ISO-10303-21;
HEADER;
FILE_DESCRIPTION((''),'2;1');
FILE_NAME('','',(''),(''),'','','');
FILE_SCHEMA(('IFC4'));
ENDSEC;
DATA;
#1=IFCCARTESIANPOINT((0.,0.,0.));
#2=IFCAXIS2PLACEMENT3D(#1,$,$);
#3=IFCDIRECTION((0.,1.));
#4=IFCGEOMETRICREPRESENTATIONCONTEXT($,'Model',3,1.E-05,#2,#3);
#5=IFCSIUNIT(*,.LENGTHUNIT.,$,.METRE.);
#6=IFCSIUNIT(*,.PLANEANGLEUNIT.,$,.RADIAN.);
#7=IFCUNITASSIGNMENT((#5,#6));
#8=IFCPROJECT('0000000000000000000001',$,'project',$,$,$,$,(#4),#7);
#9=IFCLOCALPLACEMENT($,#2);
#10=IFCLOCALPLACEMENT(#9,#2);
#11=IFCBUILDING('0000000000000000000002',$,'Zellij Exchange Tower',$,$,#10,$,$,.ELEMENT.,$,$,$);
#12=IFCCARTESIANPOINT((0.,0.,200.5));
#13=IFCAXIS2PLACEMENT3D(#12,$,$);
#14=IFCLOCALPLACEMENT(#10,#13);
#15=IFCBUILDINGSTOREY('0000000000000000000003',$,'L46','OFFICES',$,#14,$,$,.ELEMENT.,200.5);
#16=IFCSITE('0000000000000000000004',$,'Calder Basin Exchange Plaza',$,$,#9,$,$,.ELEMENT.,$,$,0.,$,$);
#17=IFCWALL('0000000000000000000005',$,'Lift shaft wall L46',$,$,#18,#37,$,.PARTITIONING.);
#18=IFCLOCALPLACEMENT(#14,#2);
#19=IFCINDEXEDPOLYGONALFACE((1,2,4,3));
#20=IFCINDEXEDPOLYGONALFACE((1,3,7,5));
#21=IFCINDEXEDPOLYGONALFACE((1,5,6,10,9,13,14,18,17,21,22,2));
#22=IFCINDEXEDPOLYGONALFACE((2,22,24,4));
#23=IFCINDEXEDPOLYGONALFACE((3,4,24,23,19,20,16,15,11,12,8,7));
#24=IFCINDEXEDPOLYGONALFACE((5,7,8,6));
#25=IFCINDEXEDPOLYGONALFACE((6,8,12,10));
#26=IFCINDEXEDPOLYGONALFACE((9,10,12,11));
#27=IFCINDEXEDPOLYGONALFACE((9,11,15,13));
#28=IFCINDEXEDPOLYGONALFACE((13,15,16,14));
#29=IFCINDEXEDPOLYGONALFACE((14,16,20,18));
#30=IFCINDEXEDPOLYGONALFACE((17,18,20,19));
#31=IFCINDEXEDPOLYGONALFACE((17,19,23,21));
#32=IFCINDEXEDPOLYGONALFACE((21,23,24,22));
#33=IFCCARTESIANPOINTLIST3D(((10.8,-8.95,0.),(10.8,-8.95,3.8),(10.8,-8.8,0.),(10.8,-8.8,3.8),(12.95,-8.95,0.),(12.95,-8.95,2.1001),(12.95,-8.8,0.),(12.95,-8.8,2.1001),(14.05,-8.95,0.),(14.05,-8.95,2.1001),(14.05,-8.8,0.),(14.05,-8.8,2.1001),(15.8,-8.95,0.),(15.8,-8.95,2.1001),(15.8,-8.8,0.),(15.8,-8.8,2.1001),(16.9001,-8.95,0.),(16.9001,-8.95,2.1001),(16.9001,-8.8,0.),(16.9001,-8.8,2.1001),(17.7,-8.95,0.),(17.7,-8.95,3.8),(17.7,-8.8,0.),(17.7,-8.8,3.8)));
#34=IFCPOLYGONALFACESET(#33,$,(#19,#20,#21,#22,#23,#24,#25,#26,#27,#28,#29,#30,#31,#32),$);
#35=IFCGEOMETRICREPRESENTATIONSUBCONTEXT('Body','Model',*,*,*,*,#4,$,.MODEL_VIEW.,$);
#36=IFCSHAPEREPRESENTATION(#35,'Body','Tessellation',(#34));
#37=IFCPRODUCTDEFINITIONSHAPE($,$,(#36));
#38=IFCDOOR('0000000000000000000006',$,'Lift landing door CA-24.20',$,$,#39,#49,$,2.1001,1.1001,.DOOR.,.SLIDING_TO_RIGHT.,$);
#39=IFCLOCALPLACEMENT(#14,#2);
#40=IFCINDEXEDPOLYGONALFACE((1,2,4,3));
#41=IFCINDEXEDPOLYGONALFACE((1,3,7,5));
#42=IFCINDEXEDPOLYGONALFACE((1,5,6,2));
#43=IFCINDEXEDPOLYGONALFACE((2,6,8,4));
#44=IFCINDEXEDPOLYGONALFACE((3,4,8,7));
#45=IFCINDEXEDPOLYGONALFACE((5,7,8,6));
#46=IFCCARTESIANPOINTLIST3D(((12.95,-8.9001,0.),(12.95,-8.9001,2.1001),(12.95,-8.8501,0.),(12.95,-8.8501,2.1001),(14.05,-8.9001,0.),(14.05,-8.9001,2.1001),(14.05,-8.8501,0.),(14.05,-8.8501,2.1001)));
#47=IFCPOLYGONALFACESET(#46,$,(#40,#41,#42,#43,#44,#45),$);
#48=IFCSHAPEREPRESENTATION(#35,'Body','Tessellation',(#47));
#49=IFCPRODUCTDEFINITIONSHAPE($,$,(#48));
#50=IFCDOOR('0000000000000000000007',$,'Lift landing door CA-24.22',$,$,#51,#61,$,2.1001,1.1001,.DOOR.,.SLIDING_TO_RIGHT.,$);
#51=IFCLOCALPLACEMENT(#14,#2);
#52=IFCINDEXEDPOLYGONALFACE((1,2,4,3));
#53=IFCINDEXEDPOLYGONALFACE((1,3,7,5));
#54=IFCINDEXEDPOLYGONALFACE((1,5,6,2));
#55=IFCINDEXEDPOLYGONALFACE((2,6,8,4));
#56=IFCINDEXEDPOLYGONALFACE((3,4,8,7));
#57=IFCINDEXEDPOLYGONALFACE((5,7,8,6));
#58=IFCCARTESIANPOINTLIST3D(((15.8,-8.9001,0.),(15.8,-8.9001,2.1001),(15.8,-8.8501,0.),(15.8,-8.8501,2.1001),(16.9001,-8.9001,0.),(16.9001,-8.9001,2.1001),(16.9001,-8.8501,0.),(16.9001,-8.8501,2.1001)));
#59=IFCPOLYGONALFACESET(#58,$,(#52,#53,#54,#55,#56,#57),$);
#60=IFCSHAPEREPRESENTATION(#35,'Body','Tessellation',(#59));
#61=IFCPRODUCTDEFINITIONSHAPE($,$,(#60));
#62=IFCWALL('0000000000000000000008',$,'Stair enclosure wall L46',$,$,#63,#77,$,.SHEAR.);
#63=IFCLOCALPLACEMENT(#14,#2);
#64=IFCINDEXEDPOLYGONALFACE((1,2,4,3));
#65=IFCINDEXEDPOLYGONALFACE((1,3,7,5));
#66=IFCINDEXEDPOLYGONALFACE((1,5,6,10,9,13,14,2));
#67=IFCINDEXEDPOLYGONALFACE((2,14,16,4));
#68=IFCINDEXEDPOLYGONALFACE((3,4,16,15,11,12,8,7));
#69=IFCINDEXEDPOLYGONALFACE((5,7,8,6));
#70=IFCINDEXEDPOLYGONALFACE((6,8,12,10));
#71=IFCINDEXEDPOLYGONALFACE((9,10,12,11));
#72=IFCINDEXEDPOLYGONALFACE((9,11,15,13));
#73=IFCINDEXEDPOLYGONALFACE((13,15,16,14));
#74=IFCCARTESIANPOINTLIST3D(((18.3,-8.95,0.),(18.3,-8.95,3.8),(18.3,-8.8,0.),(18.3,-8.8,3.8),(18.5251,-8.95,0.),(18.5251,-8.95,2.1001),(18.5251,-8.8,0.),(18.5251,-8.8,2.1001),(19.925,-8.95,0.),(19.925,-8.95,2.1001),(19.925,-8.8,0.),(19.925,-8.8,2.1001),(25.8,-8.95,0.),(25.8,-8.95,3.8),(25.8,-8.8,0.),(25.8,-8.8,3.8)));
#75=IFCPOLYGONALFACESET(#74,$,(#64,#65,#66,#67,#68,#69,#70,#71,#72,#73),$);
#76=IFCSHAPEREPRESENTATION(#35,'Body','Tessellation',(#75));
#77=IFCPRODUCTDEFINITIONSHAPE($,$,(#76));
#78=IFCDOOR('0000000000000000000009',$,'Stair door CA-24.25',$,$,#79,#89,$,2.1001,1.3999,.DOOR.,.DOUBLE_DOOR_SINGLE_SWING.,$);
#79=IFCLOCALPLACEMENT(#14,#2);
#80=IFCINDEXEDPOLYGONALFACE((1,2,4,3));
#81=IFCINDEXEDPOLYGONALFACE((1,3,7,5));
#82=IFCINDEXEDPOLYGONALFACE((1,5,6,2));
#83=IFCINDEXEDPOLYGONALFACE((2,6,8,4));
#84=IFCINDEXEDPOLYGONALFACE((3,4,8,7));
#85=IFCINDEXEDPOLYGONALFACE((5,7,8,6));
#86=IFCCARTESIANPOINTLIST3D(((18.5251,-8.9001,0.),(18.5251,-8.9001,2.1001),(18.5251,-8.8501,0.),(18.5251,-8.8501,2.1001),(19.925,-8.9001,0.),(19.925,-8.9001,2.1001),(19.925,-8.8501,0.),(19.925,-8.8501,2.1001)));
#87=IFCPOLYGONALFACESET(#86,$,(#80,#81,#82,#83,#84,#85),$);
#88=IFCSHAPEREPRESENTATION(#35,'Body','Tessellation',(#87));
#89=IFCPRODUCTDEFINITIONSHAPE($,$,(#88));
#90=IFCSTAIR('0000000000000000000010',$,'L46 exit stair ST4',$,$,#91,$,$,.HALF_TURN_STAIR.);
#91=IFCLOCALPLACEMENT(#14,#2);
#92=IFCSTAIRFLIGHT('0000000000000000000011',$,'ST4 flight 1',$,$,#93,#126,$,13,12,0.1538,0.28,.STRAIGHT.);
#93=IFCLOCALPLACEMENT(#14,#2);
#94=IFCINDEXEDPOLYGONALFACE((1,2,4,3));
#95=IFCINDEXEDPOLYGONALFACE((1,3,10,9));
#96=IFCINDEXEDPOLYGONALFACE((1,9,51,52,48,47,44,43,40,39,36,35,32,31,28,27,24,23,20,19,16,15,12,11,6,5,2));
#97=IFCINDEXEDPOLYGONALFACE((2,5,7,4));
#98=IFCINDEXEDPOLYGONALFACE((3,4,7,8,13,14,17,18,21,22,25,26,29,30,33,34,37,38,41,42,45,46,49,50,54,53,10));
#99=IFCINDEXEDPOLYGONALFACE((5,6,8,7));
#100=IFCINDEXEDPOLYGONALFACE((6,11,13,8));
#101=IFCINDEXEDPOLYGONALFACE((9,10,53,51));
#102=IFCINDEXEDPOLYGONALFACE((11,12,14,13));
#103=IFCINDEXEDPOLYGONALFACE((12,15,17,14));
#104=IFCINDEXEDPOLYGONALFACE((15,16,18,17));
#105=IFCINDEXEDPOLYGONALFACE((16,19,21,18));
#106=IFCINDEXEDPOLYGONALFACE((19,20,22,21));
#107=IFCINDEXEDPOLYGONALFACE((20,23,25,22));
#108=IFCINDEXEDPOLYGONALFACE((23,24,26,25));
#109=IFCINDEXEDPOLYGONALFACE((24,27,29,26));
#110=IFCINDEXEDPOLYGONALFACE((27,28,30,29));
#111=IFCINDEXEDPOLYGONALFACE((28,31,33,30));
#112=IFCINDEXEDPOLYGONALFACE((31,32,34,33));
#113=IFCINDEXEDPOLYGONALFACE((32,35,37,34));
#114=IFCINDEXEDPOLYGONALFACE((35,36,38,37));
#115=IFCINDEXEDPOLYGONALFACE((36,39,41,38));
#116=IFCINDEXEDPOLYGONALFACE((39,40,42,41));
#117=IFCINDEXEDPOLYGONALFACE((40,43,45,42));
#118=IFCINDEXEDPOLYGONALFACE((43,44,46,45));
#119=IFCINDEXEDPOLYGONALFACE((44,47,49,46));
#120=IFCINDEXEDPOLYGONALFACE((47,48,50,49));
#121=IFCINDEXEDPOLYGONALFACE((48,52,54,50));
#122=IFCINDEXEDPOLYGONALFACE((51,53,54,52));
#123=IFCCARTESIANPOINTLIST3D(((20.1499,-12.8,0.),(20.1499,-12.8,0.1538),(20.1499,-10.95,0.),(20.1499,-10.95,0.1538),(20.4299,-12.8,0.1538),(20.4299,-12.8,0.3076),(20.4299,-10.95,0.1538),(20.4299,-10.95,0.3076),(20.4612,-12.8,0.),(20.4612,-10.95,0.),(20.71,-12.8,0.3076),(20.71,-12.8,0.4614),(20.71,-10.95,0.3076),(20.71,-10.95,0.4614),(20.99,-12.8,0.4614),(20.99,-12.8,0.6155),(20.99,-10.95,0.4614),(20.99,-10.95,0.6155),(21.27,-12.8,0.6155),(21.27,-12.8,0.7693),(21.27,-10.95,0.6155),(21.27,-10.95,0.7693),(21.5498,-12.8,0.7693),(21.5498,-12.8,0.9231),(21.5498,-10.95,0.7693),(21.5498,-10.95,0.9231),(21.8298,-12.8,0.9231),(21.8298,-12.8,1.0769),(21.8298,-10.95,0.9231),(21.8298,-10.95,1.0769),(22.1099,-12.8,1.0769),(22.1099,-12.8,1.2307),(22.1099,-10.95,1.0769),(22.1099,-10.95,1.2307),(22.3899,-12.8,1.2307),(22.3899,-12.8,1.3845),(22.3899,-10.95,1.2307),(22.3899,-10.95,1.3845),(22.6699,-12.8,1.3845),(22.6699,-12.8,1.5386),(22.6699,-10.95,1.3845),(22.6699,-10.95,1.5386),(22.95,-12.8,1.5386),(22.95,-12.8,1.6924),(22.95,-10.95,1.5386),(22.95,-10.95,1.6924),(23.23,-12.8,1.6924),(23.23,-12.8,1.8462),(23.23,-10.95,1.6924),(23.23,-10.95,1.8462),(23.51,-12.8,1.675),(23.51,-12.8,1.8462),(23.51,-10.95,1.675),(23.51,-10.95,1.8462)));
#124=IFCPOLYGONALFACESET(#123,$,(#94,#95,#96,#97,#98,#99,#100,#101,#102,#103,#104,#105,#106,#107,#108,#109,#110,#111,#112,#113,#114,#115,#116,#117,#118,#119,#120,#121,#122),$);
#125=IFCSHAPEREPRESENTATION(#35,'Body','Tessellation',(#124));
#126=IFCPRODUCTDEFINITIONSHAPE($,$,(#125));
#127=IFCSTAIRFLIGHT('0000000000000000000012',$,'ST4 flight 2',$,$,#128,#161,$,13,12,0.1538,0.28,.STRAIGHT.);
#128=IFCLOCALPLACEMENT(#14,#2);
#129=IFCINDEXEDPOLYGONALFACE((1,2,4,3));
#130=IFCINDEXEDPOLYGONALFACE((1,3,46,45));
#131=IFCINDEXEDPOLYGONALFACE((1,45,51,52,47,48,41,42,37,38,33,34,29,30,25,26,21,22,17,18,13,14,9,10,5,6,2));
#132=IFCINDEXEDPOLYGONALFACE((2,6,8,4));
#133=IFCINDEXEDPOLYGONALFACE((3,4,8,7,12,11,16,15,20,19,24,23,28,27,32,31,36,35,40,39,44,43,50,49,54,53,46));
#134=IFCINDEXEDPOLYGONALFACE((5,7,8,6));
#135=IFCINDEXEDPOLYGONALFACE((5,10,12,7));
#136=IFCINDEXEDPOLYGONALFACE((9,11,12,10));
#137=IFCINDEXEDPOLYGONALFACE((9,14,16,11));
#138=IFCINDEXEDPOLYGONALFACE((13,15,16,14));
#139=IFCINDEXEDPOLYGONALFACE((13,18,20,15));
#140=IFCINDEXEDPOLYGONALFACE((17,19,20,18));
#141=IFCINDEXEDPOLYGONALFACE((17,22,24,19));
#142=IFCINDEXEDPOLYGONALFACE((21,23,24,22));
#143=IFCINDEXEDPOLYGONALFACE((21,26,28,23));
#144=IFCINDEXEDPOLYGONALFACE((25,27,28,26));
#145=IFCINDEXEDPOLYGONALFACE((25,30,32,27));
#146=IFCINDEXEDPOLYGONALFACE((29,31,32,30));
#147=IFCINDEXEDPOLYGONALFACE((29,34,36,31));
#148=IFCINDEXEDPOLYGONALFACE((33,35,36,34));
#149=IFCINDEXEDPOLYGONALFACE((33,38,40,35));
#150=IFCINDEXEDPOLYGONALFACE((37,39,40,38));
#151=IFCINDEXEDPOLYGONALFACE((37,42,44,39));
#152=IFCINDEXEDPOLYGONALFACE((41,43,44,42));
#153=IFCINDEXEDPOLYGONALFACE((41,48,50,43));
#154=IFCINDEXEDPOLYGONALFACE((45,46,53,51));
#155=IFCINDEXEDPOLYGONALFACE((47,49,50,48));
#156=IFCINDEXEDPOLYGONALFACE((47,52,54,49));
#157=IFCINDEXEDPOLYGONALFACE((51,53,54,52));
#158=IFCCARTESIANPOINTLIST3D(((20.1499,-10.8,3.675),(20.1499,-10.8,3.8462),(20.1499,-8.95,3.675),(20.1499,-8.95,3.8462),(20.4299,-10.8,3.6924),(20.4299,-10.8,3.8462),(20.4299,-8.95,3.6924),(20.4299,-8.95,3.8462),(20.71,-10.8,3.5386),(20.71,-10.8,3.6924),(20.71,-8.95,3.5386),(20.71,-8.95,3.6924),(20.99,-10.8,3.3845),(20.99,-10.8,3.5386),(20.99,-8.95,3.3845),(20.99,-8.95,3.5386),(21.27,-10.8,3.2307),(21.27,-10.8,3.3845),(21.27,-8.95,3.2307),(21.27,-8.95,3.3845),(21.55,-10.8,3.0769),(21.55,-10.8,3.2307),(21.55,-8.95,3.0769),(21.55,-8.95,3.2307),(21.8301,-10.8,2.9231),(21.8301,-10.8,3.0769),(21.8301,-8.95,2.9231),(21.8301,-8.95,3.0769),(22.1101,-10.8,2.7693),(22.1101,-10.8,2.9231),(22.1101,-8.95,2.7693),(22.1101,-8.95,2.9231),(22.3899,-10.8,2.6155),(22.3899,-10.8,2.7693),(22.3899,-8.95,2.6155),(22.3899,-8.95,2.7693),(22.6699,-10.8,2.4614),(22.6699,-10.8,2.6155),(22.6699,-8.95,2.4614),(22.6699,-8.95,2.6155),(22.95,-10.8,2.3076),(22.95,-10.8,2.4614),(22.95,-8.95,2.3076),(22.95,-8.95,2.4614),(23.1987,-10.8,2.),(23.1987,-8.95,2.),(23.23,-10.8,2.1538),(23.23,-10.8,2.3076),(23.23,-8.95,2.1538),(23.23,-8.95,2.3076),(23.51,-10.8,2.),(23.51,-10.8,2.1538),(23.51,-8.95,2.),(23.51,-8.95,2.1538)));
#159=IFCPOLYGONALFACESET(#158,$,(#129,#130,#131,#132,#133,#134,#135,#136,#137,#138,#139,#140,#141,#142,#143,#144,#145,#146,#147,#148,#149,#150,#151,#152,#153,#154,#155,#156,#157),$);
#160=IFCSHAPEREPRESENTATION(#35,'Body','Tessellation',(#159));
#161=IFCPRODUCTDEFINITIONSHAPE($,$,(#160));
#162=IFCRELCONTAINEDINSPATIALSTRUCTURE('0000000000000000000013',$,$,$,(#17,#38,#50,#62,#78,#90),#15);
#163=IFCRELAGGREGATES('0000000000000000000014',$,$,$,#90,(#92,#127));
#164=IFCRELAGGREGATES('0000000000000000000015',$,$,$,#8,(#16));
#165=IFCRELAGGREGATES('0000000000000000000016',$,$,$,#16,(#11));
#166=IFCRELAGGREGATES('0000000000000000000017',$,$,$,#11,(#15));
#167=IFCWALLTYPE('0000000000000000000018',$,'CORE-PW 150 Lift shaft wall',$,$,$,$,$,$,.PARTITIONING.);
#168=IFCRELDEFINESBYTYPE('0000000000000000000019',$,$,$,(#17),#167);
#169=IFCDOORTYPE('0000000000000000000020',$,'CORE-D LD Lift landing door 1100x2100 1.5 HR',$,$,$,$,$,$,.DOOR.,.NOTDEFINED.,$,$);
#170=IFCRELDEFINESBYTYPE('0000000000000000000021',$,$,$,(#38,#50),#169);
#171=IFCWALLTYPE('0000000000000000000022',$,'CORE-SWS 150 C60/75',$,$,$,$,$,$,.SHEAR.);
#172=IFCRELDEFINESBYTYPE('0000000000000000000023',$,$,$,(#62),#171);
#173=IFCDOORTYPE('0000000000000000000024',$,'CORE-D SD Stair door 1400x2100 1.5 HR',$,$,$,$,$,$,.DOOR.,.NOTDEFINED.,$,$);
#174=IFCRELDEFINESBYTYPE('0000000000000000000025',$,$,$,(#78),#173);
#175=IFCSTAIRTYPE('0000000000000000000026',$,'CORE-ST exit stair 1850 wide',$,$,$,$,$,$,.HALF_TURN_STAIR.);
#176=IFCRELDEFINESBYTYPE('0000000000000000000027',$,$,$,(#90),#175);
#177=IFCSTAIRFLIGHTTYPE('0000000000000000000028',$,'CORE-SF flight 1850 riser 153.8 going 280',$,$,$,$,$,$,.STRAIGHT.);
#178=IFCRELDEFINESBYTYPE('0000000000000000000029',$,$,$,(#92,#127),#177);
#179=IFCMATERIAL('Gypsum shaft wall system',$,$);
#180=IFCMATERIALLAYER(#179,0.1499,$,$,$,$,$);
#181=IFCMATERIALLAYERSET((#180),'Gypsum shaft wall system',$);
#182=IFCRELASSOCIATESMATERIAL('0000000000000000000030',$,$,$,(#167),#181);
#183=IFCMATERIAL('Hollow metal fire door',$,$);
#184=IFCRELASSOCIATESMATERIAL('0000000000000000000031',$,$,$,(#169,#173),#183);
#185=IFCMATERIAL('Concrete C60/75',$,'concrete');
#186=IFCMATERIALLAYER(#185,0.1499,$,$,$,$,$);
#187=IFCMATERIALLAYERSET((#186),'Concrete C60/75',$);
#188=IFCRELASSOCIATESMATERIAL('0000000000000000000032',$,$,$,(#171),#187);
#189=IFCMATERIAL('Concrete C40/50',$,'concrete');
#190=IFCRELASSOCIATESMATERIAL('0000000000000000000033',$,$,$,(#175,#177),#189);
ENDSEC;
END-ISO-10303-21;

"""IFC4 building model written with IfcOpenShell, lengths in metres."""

from ifc_helpers import new_model, si_unit, direction, frame, frame_2d, origin, place, context, subcontext, project, spatial, polyline, rectangle, outline, extrude, material, layer, layer_set, type_object, element, fill, aggregate, save


model = new_model("IFC4")

# Units and contexts
model_context = context("Model", 3, precision=1e-05, world=origin(), true_north=direction((0.0, 1.0)))
body_context = subcontext(model_context, "Body", "Model", "MODEL_VIEW")
ifc_project = project(units=[si_unit("LENGTHUNIT", "METRE"), si_unit("PLANEANGLEUNIT", "RADIAN")], contexts=[model_context])

# Site, building, storey
site_placement = place(None, origin())
site = spatial("IfcSite", under=ifc_project, at=site_placement, Name="Calder Basin Exchange Plaza", CompositionType="ELEMENT", RefElevation=0.0)
building_placement = place(site_placement, origin())
building = spatial("IfcBuilding", under=site, at=building_placement, Name="Zellij Exchange Tower", CompositionType="ELEMENT")
storey_placement = place(building_placement, frame((0.0, 0.0, 200.5)))
storey = spatial("IfcBuildingStorey", under=building, at=storey_placement, Name="L46", Description="OFFICES", CompositionType="ELEMENT", Elevation=200.5)

# Shared definitions
ifc_material_1 = material(Name="Concrete C60/75", Category="concrete")

# Shared definitions
ifc_material_2 = material(Name="Hollow metal fire door")

# Shared definitions
ifc_material_3 = material(Name="Gypsum shaft wall system")
ifc_layer_1 = layer(ifc_material_3, 0.1499)
ifc_layer_set_1 = layer_set([ifc_layer_1], Name="Gypsum shaft wall system")
wall_type_1 = type_object("IfcWallType", Name="CORE-PW 150 Lift shaft wall", PredefinedType="PARTITIONING", material=ifc_layer_set_1)

# Wall, openings, doors
door_type_1 = type_object("IfcDoorType", Name="CORE-D LD Lift landing door 1100x2100 1.5 HR", OperationType="NOTDEFINED", PredefinedType="DOOR", material=ifc_material_2)
wall_1_placement = place(storey_placement, frame((10.8, -8.875, 0.0), z_axis=(0.0, 0.0, 1.0), x_axis=(1.0, 0.0, 0.0)))
wall_1 = element("IfcWall", 1, at=wall_1_placement, inside=storey, type_object=wall_type_1, Name="Lift shaft wall L46", PredefinedType="PARTITIONING", context=body_context, shape_type="SweptSolid", body=[
    extrude(rectangle(XDim=6.8999, YDim=0.1499, at=frame_2d((3.45, 0.0))), origin(), (0.0, 0.0, 1.0), 3.8),
])
opening_1_placement = place(wall_1_placement, frame((2.1499, 0.0, 0.0)))
opening_1 = element("IfcOpeningElement", 2, at=opening_1_placement, cuts=wall_1, PredefinedType="OPENING", context=body_context, shape_type="SweptSolid", body=[
    extrude(rectangle(XDim=1.1001, YDim=2.1001, at=frame_2d((0.55, 1.05))), frame((0.0, 0.0869, 0.0), z_axis=(0.0, -1.0, 0.0), x_axis=(1.0, 0.0, 0.0)), (0.0, 0.0, 1.0), 0.1738),
])
opening_2_placement = place(wall_1_placement, frame((5.0, 0.0, 0.0)))
opening_2 = element("IfcOpeningElement", 3, at=opening_2_placement, cuts=wall_1, PredefinedType="OPENING", context=body_context, shape_type="SweptSolid", body=[
    extrude(rectangle(XDim=1.1001, YDim=2.1001, at=frame_2d((0.55, 1.05))), frame((0.0, 0.0869, 0.0), z_axis=(0.0, -1.0, 0.0), x_axis=(1.0, 0.0, 0.0)), (0.0, 0.0, 1.0), 0.1738),
])
door_1_placement = place(opening_1_placement, origin())
door_1 = element("IfcDoor", 4, at=door_1_placement, inside=storey, type_object=door_type_1, Name="Lift landing door CA-24.20", OperationType="SLIDING_TO_RIGHT", OverallHeight=2.1001, OverallWidth=1.1001, PredefinedType="DOOR", context=body_context, shape_type="SweptSolid", body=[
    extrude(rectangle(XDim=1.1001, YDim=2.1001, at=frame_2d((0.55, 1.05))), frame((0.0, 0.0249, 0.0), z_axis=(0.0, -1.0, 0.0), x_axis=(1.0, 0.0, 0.0)), (0.0, 0.0, 1.0), 0.05),
])
fill(opening_1, door_1)
door_2_placement = place(opening_2_placement, origin())
door_2 = element("IfcDoor", 5, at=door_2_placement, inside=storey, type_object=door_type_1, Name="Lift landing door CA-24.22", OperationType="SLIDING_TO_RIGHT", OverallHeight=2.1001, OverallWidth=1.1001, PredefinedType="DOOR", context=body_context, shape_type="SweptSolid", body=[
    extrude(rectangle(XDim=1.1001, YDim=2.1001, at=frame_2d((0.55, 1.05))), frame((0.0, 0.0249, 0.0), z_axis=(0.0, -1.0, 0.0), x_axis=(1.0, 0.0, 0.0)), (0.0, 0.0, 1.0), 0.05),
])
fill(opening_2, door_2)

# Wall, opening, door
ifc_layer_2 = layer(ifc_material_1, 0.1499)
ifc_layer_set_2 = layer_set([ifc_layer_2], Name="Concrete C60/75")
wall_type_2 = type_object("IfcWallType", Name="CORE-SWS 150 C60/75", PredefinedType="SHEAR", material=ifc_layer_set_2)
wall_2_placement = place(storey_placement, frame((18.3, -8.875, 0.0), z_axis=(0.0, 0.0, 1.0), x_axis=(1.0, 0.0, 0.0)))
wall_2 = element("IfcWall", 6, at=wall_2_placement, inside=storey, type_object=wall_type_2, Name="Stair enclosure wall L46", PredefinedType="SHEAR", context=body_context, shape_type="SweptSolid", body=[
    extrude(rectangle(XDim=7.5, YDim=0.1499, at=frame_2d((3.75, 0.0))), origin(), (0.0, 0.0, 1.0), 3.8),
])
opening_3_placement = place(wall_2_placement, frame((0.2251, 0.0, 0.0)))
opening_3 = element("IfcOpeningElement", 7, at=opening_3_placement, cuts=wall_2, PredefinedType="OPENING", context=body_context, shape_type="SweptSolid", body=[
    extrude(rectangle(XDim=1.3999, YDim=2.1001, at=frame_2d((0.7, 1.05))), frame((0.0, 0.0869, 0.0), z_axis=(0.0, -1.0, 0.0), x_axis=(1.0, 0.0, 0.0)), (0.0, 0.0, 1.0), 0.1738),
])
door_type_2 = type_object("IfcDoorType", Name="CORE-D SD Stair door 1400x2100 1.5 HR", OperationType="NOTDEFINED", PredefinedType="DOOR", material=ifc_material_2)
door_3_placement = place(opening_3_placement, origin())
door_3 = element("IfcDoor", 8, at=door_3_placement, inside=storey, type_object=door_type_2, Name="Stair door CA-24.25", OperationType="DOUBLE_DOOR_SINGLE_SWING", OverallHeight=2.1001, OverallWidth=1.3999, PredefinedType="DOOR", context=body_context, shape_type="SweptSolid", body=[
    extrude(rectangle(XDim=1.3999, YDim=2.1001, at=frame_2d((0.7, 1.05))), frame((0.0, 0.0249, 0.0), z_axis=(0.0, -1.0, 0.0), x_axis=(1.0, 0.0, 0.0)), (0.0, 0.0, 1.0), 0.05),
])
fill(opening_3, door_3)

# Stair, stair flights
ifc_material_4 = material(Name="Concrete C40/50", Category="concrete")
stair_type = type_object("IfcStairType", Name="CORE-ST exit stair 1850 wide", PredefinedType="HALF_TURN_STAIR", material=ifc_material_4)
stair_placement = place(storey_placement, origin())
stair = element("IfcStair", 9, at=stair_placement, inside=storey, type_object=stair_type, Name="L46 exit stair ST4", PredefinedType="HALF_TURN_STAIR")
stair_flight_type = type_object("IfcStairFlightType", Name="CORE-SF flight 1850 riser 153.8 going 280", PredefinedType="STRAIGHT", material=ifc_material_4)
stair_flight_1_placement = place(storey_placement, frame((20.1499, -11.875, 0.0), z_axis=(0.0, 0.0, 1.0), x_axis=(1.0, 0.0, 0.0)))
stair_flight_1 = element("IfcStairFlight", 10, at=stair_flight_1_placement, type_object=stair_flight_type, Name="ST4 flight 1", NumberOfRisers=13, NumberOfTreads=12, PredefinedType="STRAIGHT", RiserHeight=0.1538, TreadLength=0.28, context=body_context, shape_type="SweptSolid", body=[
    extrude(outline(polyline([(0.0, 0.0), (0.0, 0.1538), (0.28, 0.1538), (0.28, 0.3076), (0.5601, 0.3076), (0.5601, 0.4614), (0.8401, 0.4614), (0.8401, 0.6155), (1.1201, 0.6155), (1.1201, 0.7693), (1.3999, 0.7693), (1.3999, 0.9231), (1.6799, 0.9231), (1.6799, 1.0769), (1.96, 1.0769), (1.96, 1.2307), (2.24, 1.2307), (2.24, 1.3845), (2.52, 1.3845), (2.52, 1.5386), (2.8, 1.5386), (2.8, 1.6924), (3.0801, 1.6924), (3.0801, 1.8462), (3.3601, 1.8462), (3.3601, 2.0), (3.3601, 1.675), (0.3113, 0.0), (0.0, 0.0)])), frame((0.0, 0.925, 0.0), z_axis=(0.0, -1.0, 0.0), x_axis=(1.0, 0.0, 0.0)), (0.0, 0.0, 1.0), 1.8501),
])
stair_flight_2_placement = place(storey_placement, frame((23.51, -9.875, 2.0), z_axis=(0.0, 0.0, 1.0), x_axis=(-1.0, 0.0, 0.0)))
stair_flight_2 = element("IfcStairFlight", 11, at=stair_flight_2_placement, type_object=stair_flight_type, Name="ST4 flight 2", NumberOfRisers=13, NumberOfTreads=12, PredefinedType="STRAIGHT", RiserHeight=0.1538, TreadLength=0.28, context=body_context, shape_type="SweptSolid", body=[
    extrude(outline(polyline([(0.0, 0.0), (0.0, 0.1538), (0.28, 0.1538), (0.28, 0.3076), (0.5601, 0.3076), (0.5601, 0.4614), (0.8401, 0.4614), (0.8401, 0.6155), (1.1201, 0.6155), (1.1201, 0.7693), (1.3999, 0.7693), (1.3999, 0.9231), (1.6799, 0.9231), (1.6799, 1.0769), (1.96, 1.0769), (1.96, 1.2307), (2.24, 1.2307), (2.24, 1.3845), (2.52, 1.3845), (2.52, 1.5386), (2.8, 1.5386), (2.8, 1.6924), (3.0801, 1.6924), (3.0801, 1.8462), (3.3601, 1.8462), (3.3601, 2.0), (3.3601, 1.675), (0.3113, 0.0), (0.0, 0.0)])), frame((0.0, 0.925, 0.0), z_axis=(0.0, -1.0, 0.0), x_axis=(1.0, 0.0, 0.0)), (0.0, 0.0, 1.0), 1.8501),
])
aggregate(stair, [stair_flight_1, stair_flight_2])

save(model, "model.ifc")
